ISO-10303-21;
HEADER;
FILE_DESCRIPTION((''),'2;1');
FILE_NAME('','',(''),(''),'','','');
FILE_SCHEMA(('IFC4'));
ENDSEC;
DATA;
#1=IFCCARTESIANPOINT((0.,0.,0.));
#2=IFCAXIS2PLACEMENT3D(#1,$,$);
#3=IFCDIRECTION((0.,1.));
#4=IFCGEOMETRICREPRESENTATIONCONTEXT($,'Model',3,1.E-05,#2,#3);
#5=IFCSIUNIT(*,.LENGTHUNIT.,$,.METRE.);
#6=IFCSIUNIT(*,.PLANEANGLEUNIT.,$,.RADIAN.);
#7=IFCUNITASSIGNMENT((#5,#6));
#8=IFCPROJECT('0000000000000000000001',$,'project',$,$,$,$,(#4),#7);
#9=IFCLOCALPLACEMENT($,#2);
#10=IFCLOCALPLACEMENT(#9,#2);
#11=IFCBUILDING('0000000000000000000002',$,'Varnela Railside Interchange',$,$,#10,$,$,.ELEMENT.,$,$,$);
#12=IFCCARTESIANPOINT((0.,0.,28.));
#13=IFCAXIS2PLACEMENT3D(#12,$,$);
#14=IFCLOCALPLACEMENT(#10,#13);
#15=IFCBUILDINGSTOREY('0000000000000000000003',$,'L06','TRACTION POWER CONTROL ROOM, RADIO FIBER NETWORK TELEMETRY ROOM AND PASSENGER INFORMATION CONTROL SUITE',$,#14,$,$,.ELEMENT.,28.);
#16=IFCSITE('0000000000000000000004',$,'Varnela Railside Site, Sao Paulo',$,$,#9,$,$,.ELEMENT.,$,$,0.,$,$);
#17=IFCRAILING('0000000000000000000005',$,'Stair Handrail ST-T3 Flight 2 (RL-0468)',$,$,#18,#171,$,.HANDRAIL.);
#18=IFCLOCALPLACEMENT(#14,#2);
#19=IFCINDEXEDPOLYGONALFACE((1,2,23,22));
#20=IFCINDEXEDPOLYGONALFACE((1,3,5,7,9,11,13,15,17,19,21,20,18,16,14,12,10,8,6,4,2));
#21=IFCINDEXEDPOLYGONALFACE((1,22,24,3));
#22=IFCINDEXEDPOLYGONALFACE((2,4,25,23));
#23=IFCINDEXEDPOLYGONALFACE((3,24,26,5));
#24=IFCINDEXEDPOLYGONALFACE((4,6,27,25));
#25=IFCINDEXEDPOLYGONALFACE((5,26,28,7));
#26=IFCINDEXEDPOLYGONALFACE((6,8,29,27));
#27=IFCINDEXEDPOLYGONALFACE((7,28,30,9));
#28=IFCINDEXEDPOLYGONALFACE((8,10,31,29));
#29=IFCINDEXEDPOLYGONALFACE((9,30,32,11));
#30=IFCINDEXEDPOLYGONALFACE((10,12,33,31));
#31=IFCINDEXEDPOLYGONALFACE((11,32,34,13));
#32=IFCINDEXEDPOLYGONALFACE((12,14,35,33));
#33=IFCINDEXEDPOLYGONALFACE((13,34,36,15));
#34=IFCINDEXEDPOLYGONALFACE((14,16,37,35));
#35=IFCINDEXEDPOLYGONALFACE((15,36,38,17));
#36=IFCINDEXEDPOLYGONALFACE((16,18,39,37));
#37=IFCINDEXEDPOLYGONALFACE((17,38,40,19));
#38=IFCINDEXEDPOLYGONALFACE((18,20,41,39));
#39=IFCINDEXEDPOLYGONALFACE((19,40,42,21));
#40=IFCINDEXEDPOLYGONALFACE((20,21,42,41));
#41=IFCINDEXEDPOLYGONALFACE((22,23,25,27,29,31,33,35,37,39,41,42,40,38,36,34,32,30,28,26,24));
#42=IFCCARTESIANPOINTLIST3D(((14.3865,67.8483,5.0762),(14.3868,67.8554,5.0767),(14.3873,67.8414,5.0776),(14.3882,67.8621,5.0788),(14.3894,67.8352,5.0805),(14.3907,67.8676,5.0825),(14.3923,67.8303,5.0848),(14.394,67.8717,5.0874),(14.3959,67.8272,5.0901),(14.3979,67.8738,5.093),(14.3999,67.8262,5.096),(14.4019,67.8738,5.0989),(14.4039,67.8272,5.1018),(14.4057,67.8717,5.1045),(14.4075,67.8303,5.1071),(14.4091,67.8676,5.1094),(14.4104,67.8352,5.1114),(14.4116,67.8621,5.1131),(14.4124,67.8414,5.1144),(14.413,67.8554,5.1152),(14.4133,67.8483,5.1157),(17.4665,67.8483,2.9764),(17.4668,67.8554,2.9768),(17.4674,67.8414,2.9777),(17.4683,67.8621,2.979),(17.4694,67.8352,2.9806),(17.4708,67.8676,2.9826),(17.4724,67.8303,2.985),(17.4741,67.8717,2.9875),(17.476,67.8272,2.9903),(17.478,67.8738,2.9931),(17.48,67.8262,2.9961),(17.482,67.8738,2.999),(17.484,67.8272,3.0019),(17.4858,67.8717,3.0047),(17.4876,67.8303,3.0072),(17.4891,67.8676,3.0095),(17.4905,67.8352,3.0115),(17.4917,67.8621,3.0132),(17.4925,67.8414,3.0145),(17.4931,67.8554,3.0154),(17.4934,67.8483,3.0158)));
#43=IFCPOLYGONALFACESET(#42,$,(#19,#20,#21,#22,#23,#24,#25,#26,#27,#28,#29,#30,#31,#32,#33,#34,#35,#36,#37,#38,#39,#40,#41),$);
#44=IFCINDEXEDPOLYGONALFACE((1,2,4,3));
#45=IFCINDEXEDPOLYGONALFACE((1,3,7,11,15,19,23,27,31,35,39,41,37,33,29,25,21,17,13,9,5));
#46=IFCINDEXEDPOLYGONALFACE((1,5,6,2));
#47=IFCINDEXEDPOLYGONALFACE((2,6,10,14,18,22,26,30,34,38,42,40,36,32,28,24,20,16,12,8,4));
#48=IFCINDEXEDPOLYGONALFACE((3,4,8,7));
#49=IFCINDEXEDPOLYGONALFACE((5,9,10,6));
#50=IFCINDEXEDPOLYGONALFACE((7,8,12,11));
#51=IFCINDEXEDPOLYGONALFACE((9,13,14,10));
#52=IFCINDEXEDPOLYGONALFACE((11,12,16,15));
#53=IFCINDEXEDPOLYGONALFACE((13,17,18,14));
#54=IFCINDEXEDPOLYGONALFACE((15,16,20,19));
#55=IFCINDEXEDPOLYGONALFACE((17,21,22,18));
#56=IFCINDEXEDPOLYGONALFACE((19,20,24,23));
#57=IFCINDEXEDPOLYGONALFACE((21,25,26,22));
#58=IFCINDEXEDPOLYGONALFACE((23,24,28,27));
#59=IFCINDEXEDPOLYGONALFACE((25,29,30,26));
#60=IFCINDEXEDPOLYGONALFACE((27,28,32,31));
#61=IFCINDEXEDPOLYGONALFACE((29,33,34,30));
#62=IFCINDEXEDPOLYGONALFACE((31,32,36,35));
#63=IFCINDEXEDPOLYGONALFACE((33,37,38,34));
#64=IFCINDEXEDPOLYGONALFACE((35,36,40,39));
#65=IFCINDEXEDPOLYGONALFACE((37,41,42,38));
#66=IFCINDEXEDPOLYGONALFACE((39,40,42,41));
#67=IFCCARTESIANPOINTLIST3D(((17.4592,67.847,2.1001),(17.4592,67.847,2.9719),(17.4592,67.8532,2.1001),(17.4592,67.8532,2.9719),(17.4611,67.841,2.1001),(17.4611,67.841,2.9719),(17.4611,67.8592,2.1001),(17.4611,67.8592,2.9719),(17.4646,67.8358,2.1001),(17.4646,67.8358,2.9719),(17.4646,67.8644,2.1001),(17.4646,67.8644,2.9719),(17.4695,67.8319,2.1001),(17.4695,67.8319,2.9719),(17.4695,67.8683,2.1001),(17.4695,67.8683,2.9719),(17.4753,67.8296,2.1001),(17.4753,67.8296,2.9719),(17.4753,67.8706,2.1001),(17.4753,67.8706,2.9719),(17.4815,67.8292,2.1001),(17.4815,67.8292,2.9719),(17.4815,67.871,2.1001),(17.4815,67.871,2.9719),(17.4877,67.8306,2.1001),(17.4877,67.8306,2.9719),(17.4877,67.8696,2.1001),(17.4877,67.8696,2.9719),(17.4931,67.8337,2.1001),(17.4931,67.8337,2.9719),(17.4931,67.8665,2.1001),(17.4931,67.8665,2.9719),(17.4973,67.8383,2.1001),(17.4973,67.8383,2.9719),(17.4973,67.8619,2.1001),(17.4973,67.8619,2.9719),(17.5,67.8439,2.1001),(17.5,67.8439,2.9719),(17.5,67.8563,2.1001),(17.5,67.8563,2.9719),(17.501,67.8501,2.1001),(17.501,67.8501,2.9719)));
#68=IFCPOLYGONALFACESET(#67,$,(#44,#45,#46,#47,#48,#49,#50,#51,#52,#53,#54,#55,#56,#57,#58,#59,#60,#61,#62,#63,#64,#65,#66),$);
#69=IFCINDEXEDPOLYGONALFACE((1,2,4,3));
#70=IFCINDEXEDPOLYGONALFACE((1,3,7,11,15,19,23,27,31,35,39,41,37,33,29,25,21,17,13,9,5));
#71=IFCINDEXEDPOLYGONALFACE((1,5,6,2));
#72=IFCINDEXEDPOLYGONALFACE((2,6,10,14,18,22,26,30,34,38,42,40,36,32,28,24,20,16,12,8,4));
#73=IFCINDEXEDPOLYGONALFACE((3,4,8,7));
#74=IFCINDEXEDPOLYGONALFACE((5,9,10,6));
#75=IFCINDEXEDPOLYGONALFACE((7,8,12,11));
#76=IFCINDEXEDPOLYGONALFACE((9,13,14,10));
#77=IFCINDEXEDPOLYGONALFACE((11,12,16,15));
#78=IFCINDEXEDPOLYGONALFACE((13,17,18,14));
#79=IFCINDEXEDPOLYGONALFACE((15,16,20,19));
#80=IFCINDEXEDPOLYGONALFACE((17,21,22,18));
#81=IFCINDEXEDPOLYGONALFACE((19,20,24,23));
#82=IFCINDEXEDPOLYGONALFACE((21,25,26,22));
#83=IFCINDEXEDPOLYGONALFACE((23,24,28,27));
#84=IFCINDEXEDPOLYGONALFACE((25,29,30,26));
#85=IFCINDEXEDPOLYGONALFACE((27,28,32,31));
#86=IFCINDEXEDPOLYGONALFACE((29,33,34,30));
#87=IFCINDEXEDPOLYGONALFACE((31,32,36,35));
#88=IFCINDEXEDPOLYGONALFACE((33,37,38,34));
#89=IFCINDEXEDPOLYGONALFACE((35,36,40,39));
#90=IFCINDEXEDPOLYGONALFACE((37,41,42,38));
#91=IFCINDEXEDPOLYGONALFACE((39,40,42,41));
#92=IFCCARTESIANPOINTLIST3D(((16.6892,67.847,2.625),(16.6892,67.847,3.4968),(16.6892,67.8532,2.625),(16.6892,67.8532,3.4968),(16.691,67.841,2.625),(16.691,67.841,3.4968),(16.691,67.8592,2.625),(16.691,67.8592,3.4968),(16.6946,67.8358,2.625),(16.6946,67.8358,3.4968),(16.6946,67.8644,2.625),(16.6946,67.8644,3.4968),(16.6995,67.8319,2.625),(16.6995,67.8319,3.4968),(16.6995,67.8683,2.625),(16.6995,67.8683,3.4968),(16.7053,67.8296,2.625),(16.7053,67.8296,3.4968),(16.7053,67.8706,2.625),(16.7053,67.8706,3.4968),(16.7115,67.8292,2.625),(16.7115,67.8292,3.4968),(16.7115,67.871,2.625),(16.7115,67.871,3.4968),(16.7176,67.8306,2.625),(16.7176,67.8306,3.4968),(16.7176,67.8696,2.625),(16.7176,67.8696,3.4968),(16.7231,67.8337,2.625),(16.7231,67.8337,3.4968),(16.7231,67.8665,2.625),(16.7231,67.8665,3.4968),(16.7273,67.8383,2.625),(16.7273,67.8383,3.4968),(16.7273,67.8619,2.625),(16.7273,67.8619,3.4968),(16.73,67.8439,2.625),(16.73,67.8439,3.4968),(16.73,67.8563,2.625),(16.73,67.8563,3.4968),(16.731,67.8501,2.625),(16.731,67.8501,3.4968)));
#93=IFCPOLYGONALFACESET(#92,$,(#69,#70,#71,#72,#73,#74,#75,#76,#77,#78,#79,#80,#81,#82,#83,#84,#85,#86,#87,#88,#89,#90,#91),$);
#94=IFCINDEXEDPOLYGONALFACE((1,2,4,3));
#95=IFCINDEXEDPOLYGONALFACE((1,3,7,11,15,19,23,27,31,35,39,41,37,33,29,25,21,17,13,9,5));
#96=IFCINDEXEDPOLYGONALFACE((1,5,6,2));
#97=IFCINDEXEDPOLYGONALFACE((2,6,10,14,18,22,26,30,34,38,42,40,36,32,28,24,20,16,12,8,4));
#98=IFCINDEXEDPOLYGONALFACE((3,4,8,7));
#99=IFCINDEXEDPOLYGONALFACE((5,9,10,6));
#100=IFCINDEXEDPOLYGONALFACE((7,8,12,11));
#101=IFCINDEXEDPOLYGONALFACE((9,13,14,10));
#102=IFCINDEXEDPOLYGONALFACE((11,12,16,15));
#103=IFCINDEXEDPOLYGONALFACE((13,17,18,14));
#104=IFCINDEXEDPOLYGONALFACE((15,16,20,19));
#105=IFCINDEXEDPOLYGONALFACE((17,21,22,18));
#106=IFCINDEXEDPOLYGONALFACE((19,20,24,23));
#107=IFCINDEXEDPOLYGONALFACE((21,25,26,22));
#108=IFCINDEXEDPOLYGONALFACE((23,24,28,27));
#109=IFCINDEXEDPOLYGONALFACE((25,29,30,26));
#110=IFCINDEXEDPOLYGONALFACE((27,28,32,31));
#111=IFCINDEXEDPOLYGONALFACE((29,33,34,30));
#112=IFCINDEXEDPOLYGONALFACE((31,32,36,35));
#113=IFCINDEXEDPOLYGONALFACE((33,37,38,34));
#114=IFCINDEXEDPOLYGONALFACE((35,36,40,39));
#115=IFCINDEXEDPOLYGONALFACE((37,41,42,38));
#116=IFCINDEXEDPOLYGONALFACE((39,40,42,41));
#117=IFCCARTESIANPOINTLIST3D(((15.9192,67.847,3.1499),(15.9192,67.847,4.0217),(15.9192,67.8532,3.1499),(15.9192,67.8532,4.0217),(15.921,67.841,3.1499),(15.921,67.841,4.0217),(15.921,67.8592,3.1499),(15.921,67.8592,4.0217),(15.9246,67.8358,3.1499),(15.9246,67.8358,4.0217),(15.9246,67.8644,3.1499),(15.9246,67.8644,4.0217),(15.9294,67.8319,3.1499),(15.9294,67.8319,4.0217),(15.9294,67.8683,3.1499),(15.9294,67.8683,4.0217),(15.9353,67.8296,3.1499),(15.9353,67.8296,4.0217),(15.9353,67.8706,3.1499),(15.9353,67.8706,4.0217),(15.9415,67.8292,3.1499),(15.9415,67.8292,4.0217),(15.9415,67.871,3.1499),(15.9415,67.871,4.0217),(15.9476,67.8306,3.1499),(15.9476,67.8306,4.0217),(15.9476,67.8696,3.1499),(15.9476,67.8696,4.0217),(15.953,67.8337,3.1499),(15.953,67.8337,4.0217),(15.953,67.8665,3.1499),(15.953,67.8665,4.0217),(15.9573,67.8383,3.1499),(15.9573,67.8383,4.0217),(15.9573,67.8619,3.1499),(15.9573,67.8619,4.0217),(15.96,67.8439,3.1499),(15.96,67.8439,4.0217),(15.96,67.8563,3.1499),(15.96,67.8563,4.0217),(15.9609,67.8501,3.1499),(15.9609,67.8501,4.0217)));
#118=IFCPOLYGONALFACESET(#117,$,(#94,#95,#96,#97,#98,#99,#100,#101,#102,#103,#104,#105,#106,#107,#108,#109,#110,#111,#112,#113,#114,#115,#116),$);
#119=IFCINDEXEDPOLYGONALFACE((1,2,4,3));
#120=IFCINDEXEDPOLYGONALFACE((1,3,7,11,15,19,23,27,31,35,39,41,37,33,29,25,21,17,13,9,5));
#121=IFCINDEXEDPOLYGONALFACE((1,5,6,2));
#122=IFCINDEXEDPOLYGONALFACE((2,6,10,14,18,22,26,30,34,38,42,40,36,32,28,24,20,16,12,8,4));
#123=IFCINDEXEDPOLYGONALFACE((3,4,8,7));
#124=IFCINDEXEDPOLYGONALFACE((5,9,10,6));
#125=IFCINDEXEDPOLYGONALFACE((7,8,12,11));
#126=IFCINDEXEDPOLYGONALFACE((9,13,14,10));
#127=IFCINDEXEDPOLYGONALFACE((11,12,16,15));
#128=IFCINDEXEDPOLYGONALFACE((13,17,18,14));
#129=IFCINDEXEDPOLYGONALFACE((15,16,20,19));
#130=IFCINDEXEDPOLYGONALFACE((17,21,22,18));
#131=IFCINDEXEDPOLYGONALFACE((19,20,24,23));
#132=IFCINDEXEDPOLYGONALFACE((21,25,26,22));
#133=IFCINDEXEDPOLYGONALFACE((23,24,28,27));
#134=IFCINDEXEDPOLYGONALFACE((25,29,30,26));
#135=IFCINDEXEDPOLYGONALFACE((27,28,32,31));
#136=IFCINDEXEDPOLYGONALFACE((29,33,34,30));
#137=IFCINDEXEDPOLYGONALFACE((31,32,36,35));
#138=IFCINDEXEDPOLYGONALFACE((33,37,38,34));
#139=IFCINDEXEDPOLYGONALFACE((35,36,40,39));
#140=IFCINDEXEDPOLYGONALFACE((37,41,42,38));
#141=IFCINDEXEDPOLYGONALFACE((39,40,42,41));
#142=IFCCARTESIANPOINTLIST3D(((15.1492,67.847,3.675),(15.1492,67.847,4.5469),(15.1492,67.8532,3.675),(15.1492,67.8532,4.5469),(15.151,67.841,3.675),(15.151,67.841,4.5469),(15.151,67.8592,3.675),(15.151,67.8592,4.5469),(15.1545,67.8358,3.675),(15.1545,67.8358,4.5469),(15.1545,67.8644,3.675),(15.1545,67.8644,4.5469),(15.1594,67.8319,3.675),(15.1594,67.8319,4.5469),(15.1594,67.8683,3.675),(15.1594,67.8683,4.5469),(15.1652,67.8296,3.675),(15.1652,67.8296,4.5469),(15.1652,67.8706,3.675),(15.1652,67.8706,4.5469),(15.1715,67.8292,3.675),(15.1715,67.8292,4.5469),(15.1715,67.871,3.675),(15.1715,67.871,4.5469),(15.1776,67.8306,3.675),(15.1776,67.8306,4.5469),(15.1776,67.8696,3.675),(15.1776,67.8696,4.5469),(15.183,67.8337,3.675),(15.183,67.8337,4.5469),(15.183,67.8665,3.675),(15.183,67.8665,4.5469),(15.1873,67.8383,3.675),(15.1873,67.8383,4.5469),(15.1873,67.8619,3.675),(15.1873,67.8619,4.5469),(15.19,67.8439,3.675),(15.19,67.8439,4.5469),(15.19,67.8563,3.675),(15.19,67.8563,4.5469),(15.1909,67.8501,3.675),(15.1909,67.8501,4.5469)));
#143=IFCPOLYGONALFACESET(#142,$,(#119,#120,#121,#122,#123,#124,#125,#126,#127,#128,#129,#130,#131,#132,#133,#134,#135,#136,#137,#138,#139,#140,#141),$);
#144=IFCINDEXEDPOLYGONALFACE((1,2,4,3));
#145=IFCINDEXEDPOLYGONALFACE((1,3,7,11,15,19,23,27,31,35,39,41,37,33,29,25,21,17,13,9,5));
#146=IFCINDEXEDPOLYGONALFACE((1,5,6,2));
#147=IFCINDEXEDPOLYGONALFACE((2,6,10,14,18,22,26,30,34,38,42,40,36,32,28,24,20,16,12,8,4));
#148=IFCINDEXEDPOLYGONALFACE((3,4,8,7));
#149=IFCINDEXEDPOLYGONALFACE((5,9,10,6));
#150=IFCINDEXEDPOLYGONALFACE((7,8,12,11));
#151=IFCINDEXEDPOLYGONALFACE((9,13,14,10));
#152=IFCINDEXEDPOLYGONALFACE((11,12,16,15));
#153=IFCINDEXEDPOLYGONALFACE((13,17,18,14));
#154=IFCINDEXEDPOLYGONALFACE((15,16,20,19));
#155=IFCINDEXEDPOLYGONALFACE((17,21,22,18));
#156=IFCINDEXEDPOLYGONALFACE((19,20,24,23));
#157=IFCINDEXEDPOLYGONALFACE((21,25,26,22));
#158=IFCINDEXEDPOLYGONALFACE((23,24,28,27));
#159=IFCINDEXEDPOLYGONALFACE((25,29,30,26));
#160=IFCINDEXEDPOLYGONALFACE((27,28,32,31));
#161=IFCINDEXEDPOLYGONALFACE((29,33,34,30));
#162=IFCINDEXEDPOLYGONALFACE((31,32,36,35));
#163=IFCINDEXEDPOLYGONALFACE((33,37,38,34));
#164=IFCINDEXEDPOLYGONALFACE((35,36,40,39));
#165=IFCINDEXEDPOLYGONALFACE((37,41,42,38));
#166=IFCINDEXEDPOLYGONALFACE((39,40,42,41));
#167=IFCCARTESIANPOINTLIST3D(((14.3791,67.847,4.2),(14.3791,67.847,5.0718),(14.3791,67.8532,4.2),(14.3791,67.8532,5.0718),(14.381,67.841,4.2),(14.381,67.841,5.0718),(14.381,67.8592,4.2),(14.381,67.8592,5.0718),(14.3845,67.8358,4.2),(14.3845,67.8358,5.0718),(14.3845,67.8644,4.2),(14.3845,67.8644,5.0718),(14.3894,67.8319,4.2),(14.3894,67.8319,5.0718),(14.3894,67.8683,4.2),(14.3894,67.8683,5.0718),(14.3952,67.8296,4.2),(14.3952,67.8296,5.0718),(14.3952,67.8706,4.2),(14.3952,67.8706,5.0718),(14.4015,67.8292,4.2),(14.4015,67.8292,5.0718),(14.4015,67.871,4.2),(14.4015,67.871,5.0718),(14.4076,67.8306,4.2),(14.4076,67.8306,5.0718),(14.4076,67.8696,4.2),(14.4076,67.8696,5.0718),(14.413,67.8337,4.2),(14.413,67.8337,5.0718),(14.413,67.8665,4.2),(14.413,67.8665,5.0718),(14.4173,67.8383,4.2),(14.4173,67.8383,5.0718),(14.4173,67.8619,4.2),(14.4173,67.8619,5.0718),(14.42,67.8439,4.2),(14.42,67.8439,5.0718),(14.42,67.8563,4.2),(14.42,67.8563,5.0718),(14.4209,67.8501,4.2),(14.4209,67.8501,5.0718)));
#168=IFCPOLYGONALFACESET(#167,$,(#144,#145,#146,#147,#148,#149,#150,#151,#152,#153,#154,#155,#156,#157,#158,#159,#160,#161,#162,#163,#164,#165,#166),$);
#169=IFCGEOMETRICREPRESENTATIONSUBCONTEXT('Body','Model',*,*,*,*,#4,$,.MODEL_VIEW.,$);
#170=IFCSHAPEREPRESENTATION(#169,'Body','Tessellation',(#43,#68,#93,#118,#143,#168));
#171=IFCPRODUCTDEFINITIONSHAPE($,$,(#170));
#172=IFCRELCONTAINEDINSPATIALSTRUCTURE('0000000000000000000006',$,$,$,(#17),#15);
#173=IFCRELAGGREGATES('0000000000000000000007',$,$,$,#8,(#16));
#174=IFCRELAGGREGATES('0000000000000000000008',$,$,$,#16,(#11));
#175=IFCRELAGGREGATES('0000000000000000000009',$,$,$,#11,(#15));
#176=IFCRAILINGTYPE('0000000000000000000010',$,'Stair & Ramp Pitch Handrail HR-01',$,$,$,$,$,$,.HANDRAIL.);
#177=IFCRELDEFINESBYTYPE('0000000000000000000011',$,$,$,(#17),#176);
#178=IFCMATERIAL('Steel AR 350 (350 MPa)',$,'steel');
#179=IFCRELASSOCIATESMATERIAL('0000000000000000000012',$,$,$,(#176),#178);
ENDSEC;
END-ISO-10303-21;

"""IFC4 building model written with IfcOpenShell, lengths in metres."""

from ifc_helpers import new_model, si_unit, direction, frame, origin, origin_2d, place, context, subcontext, project, spatial, circle, extrude, material, type_object, element, save


model = new_model("IFC4")

# Units and contexts
model_context = context("Model", 3, precision=1e-05, world=origin(), true_north=direction((0.0, 1.0)))
body_context = subcontext(model_context, "Body", "Model", "MODEL_VIEW")
ifc_project = project(units=[si_unit("LENGTHUNIT", "METRE"), si_unit("PLANEANGLEUNIT", "RADIAN")], contexts=[model_context])

# Site, building, storey
site_placement = place(None, origin())
site = spatial("IfcSite", under=ifc_project, at=site_placement, Name="Varnela Railside Site, Sao Paulo", CompositionType="ELEMENT", RefElevation=0.0)
building_placement = place(site_placement, origin())
building = spatial("IfcBuilding", under=site, at=building_placement, Name="Varnela Railside Interchange", CompositionType="ELEMENT")
storey_placement = place(building_placement, frame((0.0, 0.0, 28.0)))
storey = spatial("IfcBuildingStorey", under=building, at=storey_placement, Name="L06", Description="TRACTION POWER CONTROL ROOM, RADIO FIBER NETWORK TELEMETRY ROOM AND PASSENGER INFORMATION CONTROL SUITE", CompositionType="ELEMENT", Elevation=28.0)

# Shared definitions
ifc_material_1 = material(Name="Steel AR 350 (350 MPa)", Category="steel")

# Railing
railing_type_1 = type_object("IfcRailingType", Name="Stair & Ramp Pitch Handrail HR-01", PredefinedType="HANDRAIL", material=ifc_material_1)
railing_1_placement = place(storey_placement, frame((17.48, 67.8501, 2.1001)))
element("IfcRailing", 1, at=railing_1_placement, inside=storey, type_object=railing_type_1, Name="Stair Handrail ST-T3 Flight 2 (RL-0468)", PredefinedType="HANDRAIL", context=body_context, shape_type="SweptSolid", body=[
    extrude(circle(Radius=0.0239, at=origin_2d()), frame((0.0, 0.0, 0.896), z_axis=(-0.826252, 0.0, 0.5633), x_axis=(0.0, -1.0, 0.0)), (0.0, 0.0, 1.0), 3.7278),
    extrude(circle(Radius=0.021, at=origin_2d()), origin(), (0.0, 0.0, 1.0), 0.8718),
    extrude(circle(Radius=0.021, at=origin_2d()), frame((-0.77, 0.0, 0.5249)), (0.0, 0.0, 1.0), 0.8718),
    extrude(circle(Radius=0.021, at=origin_2d()), frame((-1.54, 0.0, 1.0498)), (0.0, 0.0, 1.0), 0.8718),
    extrude(circle(Radius=0.021, at=origin_2d()), frame((-2.3101, 0.0, 1.575)), (0.0, 0.0, 1.0), 0.8718),
    extrude(circle(Radius=0.021, at=origin_2d()), frame((-3.0801, 0.0, 2.0999)), (0.0, 0.0, 1.0), 0.8718),
])

save(model, "model.ifc")
